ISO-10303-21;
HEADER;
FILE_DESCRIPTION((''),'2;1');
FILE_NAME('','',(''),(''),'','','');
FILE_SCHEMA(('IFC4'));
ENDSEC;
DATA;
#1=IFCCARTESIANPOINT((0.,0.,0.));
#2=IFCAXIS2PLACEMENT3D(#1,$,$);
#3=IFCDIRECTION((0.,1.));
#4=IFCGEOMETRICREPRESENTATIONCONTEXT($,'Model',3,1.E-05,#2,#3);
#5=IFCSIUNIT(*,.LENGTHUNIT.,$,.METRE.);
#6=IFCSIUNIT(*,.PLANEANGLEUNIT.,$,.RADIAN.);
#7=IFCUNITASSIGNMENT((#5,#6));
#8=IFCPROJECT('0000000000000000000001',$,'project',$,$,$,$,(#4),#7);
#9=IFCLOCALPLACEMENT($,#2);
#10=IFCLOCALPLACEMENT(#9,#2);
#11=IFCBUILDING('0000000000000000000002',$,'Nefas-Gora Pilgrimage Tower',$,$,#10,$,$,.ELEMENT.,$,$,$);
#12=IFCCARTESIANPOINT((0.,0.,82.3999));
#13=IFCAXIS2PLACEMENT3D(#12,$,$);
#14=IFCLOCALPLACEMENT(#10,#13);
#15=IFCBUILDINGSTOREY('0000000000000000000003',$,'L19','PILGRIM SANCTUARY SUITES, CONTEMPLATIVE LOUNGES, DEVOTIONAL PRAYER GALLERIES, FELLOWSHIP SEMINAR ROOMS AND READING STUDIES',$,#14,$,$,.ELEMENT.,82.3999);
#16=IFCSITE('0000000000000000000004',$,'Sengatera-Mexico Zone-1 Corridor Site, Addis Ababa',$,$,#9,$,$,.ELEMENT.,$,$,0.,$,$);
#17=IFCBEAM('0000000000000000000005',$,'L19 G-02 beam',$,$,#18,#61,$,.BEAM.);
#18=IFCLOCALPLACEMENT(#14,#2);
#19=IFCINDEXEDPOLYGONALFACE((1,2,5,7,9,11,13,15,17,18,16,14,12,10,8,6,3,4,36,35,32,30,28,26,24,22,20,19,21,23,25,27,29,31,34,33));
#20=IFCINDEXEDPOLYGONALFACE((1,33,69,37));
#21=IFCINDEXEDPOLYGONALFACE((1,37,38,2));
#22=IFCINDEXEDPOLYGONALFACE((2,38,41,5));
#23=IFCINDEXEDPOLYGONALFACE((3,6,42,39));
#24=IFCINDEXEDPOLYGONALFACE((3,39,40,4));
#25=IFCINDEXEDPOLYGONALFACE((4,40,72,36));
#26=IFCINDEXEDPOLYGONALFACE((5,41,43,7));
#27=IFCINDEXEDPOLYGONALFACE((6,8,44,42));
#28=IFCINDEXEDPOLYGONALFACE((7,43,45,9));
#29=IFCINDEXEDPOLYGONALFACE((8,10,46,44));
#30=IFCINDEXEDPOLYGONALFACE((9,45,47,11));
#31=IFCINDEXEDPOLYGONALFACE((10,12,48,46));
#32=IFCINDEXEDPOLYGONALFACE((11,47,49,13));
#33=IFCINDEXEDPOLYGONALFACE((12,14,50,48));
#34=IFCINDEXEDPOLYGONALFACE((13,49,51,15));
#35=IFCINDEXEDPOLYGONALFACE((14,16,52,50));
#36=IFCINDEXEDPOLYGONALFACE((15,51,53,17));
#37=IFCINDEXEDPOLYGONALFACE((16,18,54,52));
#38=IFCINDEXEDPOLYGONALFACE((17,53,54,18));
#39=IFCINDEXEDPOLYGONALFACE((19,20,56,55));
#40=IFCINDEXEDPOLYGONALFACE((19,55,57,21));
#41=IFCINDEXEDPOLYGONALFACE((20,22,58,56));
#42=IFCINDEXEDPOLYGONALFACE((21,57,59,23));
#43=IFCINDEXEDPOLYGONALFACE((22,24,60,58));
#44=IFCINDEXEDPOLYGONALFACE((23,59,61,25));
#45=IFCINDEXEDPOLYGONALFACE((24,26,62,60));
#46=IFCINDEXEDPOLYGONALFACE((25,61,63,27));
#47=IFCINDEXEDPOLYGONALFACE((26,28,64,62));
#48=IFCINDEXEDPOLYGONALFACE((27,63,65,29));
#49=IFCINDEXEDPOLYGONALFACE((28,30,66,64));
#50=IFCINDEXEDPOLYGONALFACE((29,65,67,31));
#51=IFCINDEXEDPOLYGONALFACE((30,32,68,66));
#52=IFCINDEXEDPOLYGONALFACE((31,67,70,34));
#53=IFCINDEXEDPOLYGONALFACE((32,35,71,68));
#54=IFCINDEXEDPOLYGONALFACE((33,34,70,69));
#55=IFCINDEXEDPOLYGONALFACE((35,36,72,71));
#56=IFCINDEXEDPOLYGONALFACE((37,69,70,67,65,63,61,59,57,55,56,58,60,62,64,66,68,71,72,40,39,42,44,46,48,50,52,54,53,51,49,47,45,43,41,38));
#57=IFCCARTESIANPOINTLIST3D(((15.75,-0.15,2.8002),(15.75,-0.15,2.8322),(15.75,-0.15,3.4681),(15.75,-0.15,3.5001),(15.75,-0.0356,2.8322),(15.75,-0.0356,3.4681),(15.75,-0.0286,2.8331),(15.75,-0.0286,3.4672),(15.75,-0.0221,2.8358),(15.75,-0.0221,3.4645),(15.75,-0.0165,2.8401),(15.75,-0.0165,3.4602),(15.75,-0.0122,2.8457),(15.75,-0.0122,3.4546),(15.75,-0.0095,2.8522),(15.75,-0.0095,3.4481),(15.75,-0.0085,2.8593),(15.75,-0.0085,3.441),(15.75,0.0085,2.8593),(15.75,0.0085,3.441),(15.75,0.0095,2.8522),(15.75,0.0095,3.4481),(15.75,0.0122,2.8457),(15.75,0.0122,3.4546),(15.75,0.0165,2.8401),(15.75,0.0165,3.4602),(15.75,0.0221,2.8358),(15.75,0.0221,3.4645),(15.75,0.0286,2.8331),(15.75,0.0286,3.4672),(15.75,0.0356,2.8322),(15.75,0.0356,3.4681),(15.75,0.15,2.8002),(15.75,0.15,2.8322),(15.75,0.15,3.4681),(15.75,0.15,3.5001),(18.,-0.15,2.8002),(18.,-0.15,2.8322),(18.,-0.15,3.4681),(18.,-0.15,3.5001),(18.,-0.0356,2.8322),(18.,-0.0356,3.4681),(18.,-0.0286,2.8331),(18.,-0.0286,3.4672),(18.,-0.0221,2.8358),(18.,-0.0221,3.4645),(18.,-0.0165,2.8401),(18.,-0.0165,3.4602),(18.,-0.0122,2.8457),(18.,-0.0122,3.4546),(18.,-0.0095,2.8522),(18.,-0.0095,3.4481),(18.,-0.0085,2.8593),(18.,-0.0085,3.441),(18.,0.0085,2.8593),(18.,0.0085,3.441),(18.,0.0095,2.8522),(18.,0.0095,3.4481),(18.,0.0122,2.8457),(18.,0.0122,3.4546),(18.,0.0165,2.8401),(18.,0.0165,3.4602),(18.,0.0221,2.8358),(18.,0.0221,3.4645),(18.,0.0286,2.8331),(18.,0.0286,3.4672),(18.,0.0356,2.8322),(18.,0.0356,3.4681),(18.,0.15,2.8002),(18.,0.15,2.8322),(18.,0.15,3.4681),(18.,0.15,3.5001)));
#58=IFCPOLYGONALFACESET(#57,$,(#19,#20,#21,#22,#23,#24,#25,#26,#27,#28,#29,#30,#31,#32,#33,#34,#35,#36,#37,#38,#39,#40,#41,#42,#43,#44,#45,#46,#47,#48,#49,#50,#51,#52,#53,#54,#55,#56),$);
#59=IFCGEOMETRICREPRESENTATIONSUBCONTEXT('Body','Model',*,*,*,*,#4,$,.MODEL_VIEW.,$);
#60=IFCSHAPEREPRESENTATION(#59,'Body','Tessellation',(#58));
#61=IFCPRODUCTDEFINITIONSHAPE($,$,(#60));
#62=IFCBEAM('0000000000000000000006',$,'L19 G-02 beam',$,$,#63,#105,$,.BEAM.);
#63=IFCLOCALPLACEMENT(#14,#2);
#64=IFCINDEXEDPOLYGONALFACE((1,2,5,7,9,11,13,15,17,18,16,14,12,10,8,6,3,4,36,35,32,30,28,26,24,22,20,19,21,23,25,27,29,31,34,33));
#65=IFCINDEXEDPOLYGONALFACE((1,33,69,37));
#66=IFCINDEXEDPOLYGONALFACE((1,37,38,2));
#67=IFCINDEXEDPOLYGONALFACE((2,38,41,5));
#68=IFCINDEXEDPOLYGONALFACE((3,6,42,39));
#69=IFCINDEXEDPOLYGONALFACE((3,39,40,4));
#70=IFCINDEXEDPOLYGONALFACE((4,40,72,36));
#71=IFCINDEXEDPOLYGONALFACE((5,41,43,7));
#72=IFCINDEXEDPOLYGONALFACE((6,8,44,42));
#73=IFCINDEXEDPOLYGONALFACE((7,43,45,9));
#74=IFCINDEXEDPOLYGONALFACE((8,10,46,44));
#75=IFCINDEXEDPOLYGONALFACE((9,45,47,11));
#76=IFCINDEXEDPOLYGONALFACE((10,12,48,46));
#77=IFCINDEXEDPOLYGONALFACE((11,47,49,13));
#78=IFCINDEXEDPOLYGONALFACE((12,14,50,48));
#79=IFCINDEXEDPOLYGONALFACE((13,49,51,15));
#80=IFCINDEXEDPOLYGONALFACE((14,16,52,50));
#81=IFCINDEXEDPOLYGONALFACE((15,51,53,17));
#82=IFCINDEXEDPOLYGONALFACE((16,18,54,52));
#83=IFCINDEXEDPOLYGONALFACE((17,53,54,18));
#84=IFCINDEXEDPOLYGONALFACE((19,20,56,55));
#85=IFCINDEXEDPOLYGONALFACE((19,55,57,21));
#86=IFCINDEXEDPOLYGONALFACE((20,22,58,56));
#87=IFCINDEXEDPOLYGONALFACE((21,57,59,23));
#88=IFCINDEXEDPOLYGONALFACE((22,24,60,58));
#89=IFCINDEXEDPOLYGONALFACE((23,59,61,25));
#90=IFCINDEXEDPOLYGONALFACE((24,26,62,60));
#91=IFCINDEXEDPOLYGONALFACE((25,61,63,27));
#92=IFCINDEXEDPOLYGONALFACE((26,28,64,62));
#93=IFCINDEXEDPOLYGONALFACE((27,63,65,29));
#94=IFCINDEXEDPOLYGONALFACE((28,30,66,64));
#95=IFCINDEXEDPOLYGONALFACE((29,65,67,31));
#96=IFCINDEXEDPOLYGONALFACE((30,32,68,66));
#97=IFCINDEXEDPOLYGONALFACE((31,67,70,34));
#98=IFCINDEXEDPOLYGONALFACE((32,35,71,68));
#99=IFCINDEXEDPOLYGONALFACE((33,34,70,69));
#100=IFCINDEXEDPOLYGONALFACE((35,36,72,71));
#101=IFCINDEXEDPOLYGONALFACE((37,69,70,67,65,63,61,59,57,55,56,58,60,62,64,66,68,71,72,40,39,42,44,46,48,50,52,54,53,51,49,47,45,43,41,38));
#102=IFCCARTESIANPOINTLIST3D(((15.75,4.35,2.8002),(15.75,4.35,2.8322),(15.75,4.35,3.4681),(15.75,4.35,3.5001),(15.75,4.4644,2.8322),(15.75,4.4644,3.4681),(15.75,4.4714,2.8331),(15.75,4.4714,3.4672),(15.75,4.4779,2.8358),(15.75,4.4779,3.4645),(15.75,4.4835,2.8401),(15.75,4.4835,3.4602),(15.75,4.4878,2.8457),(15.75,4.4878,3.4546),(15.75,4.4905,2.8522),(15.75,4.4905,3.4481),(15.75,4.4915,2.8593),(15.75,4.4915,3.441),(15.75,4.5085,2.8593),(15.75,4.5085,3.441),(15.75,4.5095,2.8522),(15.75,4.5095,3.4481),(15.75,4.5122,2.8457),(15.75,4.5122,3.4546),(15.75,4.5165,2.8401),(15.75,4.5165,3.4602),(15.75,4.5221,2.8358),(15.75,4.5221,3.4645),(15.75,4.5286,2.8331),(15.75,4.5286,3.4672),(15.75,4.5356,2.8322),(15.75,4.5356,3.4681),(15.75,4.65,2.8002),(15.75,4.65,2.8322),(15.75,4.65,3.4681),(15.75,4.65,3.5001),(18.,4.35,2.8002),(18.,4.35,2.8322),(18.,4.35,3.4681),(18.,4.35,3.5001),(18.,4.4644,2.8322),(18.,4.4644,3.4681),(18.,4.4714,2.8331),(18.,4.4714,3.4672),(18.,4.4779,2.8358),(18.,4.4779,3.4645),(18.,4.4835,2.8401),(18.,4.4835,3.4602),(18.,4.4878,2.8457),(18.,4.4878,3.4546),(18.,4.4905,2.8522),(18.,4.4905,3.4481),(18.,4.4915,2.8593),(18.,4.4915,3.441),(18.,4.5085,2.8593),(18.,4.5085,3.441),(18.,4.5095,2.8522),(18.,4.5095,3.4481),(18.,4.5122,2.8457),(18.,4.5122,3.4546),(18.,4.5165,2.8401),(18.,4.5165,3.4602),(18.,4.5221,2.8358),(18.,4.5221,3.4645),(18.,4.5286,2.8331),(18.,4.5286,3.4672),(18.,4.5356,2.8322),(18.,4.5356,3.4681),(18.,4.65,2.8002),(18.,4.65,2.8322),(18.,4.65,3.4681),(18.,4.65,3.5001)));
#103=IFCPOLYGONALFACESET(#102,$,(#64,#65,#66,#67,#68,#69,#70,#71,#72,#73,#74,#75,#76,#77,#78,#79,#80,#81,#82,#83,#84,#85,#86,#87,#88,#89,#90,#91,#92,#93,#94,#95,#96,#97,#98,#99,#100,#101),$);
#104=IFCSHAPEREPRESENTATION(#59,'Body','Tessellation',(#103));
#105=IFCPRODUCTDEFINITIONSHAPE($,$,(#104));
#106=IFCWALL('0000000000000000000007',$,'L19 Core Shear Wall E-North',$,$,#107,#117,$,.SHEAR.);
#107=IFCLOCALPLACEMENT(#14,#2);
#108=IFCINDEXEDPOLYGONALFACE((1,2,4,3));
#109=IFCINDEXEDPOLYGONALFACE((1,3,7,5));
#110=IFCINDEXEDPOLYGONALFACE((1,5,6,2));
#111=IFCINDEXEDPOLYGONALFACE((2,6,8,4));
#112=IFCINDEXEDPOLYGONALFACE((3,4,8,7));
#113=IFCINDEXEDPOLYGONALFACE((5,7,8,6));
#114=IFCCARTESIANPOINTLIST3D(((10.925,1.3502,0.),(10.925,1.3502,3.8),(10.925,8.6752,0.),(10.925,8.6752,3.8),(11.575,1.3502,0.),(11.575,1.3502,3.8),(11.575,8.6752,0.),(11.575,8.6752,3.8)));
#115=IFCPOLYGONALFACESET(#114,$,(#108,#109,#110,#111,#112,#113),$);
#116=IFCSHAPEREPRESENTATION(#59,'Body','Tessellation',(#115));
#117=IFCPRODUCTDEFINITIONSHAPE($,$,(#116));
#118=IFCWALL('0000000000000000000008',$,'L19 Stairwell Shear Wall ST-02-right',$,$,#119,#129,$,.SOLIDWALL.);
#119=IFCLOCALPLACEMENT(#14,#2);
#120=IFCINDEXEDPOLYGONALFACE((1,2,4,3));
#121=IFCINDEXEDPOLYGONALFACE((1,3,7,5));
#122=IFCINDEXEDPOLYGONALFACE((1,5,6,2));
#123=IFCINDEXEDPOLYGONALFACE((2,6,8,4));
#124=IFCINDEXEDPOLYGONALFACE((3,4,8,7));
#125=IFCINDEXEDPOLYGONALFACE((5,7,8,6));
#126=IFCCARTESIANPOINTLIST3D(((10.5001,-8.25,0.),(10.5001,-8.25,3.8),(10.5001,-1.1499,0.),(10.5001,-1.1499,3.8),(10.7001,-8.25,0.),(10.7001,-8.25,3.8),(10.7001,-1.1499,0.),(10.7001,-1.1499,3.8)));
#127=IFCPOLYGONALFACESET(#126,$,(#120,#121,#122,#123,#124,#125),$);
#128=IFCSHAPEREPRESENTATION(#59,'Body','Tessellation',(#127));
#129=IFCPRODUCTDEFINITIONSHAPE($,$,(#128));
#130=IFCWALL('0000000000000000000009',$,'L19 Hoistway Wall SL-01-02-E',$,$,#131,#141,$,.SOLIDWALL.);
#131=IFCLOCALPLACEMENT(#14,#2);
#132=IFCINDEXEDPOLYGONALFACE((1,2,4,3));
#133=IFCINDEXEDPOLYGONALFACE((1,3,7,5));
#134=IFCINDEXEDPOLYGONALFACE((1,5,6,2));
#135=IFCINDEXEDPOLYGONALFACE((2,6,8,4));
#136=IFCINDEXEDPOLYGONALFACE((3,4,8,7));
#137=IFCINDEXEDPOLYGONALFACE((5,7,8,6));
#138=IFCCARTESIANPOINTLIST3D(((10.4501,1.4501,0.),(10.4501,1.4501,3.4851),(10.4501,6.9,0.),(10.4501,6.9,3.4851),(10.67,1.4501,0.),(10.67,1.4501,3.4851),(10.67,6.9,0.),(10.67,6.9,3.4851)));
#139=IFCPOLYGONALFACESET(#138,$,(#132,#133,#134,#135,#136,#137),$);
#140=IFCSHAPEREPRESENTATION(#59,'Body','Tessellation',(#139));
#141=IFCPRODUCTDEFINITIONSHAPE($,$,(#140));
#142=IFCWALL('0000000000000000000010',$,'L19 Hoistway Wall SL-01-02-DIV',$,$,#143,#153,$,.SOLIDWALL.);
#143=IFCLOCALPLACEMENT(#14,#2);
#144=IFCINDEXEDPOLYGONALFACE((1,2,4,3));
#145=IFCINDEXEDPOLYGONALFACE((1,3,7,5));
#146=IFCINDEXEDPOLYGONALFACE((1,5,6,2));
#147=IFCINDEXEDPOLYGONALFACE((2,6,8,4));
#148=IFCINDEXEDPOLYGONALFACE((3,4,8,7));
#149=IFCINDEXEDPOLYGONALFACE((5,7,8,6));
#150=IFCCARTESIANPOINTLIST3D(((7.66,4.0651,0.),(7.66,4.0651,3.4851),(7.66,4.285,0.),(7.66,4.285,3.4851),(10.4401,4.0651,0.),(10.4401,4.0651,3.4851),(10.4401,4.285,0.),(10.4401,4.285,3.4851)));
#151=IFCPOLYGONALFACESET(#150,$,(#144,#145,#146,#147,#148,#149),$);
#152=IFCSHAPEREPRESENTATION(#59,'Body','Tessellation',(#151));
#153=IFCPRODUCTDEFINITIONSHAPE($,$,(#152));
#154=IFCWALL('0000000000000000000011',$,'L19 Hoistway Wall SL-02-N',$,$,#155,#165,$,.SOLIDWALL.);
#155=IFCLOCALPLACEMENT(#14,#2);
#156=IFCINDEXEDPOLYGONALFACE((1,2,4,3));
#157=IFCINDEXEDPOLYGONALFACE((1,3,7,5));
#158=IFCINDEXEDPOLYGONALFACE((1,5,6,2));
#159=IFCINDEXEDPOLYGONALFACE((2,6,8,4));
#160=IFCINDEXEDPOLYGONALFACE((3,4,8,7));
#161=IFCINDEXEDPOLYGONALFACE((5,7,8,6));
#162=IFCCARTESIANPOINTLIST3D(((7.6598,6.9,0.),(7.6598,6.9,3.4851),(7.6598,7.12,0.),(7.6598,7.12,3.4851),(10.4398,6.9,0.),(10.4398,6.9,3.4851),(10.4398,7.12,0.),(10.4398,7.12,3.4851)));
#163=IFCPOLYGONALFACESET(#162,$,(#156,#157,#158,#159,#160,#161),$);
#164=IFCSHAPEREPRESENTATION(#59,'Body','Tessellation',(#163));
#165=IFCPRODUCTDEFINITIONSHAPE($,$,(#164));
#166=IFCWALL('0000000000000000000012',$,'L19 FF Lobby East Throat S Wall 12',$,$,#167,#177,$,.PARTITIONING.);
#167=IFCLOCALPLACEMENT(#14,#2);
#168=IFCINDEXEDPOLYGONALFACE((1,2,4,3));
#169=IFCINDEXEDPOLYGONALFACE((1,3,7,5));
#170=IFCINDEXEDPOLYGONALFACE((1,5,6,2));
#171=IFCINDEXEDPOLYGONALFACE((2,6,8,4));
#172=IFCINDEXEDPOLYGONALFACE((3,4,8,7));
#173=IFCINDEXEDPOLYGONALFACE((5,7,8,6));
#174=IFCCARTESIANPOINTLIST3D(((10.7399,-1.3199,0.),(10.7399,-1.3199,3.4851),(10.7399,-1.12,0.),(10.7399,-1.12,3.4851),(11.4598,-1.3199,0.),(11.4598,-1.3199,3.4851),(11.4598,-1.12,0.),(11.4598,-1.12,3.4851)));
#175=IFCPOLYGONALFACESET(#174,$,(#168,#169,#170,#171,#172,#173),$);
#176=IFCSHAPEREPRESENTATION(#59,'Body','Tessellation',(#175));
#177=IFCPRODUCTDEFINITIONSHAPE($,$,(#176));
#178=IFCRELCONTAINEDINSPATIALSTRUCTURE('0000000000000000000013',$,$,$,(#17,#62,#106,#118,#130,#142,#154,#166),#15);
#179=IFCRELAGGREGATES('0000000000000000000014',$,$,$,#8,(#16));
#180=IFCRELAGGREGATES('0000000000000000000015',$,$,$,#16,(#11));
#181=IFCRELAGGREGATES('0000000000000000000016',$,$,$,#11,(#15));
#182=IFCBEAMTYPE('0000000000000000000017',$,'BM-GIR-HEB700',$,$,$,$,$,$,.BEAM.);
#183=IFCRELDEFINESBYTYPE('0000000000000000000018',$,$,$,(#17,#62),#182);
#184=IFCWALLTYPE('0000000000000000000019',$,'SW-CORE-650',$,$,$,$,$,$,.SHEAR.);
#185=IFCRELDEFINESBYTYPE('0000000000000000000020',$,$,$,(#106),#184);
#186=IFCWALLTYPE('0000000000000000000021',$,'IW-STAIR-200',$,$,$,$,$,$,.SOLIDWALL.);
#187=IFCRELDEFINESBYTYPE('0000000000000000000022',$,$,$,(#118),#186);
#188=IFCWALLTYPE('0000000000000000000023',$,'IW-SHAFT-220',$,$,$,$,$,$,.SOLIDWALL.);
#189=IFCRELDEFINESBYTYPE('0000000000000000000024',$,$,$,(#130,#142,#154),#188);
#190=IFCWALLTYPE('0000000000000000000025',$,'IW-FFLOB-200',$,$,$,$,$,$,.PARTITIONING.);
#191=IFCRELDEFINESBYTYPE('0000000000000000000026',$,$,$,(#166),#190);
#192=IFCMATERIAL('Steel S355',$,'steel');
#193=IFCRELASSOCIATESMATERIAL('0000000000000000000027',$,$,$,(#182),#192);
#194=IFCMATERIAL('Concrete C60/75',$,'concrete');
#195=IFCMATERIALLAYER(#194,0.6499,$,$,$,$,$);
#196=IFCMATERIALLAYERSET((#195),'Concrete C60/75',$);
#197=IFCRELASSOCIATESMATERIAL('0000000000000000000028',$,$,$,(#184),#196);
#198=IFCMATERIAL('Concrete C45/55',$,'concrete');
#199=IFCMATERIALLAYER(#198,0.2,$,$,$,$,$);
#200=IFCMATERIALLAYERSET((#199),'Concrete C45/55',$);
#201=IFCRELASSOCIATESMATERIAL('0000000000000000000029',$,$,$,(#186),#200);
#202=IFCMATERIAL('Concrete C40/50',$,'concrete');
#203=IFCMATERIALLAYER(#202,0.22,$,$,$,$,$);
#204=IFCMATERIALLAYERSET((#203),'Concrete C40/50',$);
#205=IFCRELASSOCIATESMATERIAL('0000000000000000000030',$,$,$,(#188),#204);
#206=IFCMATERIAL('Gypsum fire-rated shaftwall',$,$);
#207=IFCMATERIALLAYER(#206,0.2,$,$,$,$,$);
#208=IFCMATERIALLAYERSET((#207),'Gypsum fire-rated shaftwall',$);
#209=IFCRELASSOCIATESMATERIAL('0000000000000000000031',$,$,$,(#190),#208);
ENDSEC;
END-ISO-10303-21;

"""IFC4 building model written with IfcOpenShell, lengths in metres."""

from ifc_helpers import new_model, si_unit, direction, frame, frame_2d, origin, origin_2d, place, context, subcontext, project, spatial, rectangle, i_section, extrude, source, transform, mapped, material, layer, layer_set, material_profile, profile_set, type_object, element, save


model = new_model("IFC4")

# Units and contexts
model_context = context("Model", 3, precision=1e-05, world=origin(), true_north=direction((0.0, 1.0)))
body_context = subcontext(model_context, "Body", "Model", "MODEL_VIEW")
ifc_project = project(units=[si_unit("LENGTHUNIT", "METRE"), si_unit("PLANEANGLEUNIT", "RADIAN")], contexts=[model_context])

# Site, building, storey
site_placement = place(None, origin())
site = spatial("IfcSite", under=ifc_project, at=site_placement, Name="Sengatera-Mexico Zone-1 Corridor Site, Addis Ababa", CompositionType="ELEMENT", RefElevation=0.0)
building_placement = place(site_placement, origin())
building = spatial("IfcBuilding", under=site, at=building_placement, Name="Nefas-Gora Pilgrimage Tower", CompositionType="ELEMENT")
storey_placement = place(building_placement, frame((0.0, 0.0, 82.3999)))
storey = spatial("IfcBuildingStorey", under=building, at=storey_placement, Name="L19", Description="PILGRIM SANCTUARY SUITES, CONTEMPLATIVE LOUNGES, DEVOTIONAL PRAYER GALLERIES, FELLOWSHIP SEMINAR ROOMS AND READING STUDIES", CompositionType="ELEMENT", Elevation=82.3999)

# Beams
ifc_material_1 = material(Name="Steel S355", Category="steel")
ifc_material_profile_1 = material_profile(ifc_material_1, i_section(OverallWidth=0.3, OverallDepth=0.7, WebThickness=0.0171, FlangeThickness=0.032, FilletRadius=0.0271, at=origin_2d()), Name="HEB 700")
ifc_profile_set_1 = profile_set([ifc_material_profile_1], Name="Steel S355")
beam_type = type_object("IfcBeamType", Name="BM-GIR-HEB700", PredefinedType="BEAM", material=ifc_profile_set_1)
shared_shape_1 = source(origin(), body_context, "Body", "SweptSolid", [
    extrude(i_section(OverallWidth=0.3, OverallDepth=0.7, WebThickness=0.0171, FlangeThickness=0.032, FilletRadius=0.0271, at=origin_2d()), origin(), (0.0, 0.0, 1.0), 2.25),
])
for number, where, z_axis, x_axis, name in (
    (1, (15.75, 0.0, 3.1501), (1.0, 0.0, 0.0), (0.0, 1.0, 0.0), "L19 G-02 beam"),
    (2, (15.75, 4.5, 3.1501), (1.0, 0.0, 0.0), (0.0, 1.0, 0.0), "L19 G-02 beam"),
):
    element("IfcBeam", number, at=place(storey_placement, frame(where, z_axis=z_axis, x_axis=x_axis)), inside=storey, type_object=beam_type, Name=name, PredefinedType="BEAM", context=body_context, shape_type="MappedRepresentation", body=[
        mapped(shared_shape_1, transform((0.0, 0.0, 0.0), x_axis=(1.0, 0.0, 0.0), y_axis=(0.0, 1.0, 0.0), z_axis=(0.0, 0.0, 1.0), scale=1.0)),
    ])

# Walls
ifc_material_2 = material(Name="Concrete C60/75", Category="concrete")
ifc_layer_1 = layer(ifc_material_2, 0.6499)
ifc_layer_set_1 = layer_set([ifc_layer_1], Name="Concrete C60/75")
wall_type_1 = type_object("IfcWallType", Name="SW-CORE-650", PredefinedType="SHEAR", material=ifc_layer_set_1)
shared_shape_2 = source(origin(), body_context, "Body", "SweptSolid", [
    extrude(rectangle(XDim=7.325, YDim=0.6499, at=frame_2d((3.6626, 0.0))), origin(), (0.0, 0.0, 1.0), 3.8),
])
wall_1_placement = place(storey_placement, frame((11.25, 1.3501, 0.0), z_axis=(0.0, 0.0, 1.0), x_axis=(0.0, 1.0, 0.0)))
element("IfcWall", 3, at=wall_1_placement, inside=storey, type_object=wall_type_1, Name="L19 Core Shear Wall E-North", PredefinedType="SHEAR", context=body_context, shape_type="MappedRepresentation", body=[
    mapped(shared_shape_2, transform((0.0, 0.0, 0.0), x_axis=(1.0, 0.0, 0.0), y_axis=(0.0, 1.0, 0.0), z_axis=(0.0, 0.0, 1.0), scale=1.0)),
])
ifc_material_3 = material(Name="Concrete C45/55", Category="concrete")
ifc_layer_2 = layer(ifc_material_3, 0.2)
ifc_layer_set_2 = layer_set([ifc_layer_2], Name="Concrete C45/55")
wall_type_2 = type_object("IfcWallType", Name="IW-STAIR-200", PredefinedType="SOLIDWALL", material=ifc_layer_set_2)
shared_shape_3 = source(origin(), body_context, "Body", "SweptSolid", [
    extrude(rectangle(XDim=7.1001, YDim=0.2, at=frame_2d((3.55, 0.0))), origin(), (0.0, 0.0, 1.0), 3.8),
])
wall_2_placement = place(storey_placement, frame((10.6001, -1.1499, 0.0), z_axis=(0.0, 0.0, 1.0), x_axis=(0.0, -1.0, 0.0)))
element("IfcWall", 4, at=wall_2_placement, inside=storey, type_object=wall_type_2, Name="L19 Stairwell Shear Wall ST-02-right", PredefinedType="SOLIDWALL", context=body_context, shape_type="MappedRepresentation", body=[
    mapped(shared_shape_3, transform((0.0, 0.0, 0.0), x_axis=(1.0, 0.0, 0.0), y_axis=(0.0, 1.0, 0.0), z_axis=(0.0, 0.0, 1.0), scale=1.0)),
])
ifc_material_4 = material(Name="Concrete C40/50", Category="concrete")
ifc_layer_3 = layer(ifc_material_4, 0.22)
ifc_layer_set_3 = layer_set([ifc_layer_3], Name="Concrete C40/50")
wall_type_3 = type_object("IfcWallType", Name="IW-SHAFT-220", PredefinedType="SOLIDWALL", material=ifc_layer_set_3)
shared_shape_4 = source(origin(), body_context, "Body", "SweptSolid", [
    extrude(rectangle(XDim=5.45, YDim=0.22, at=frame_2d((2.7251, 0.0))), origin(), (0.0, 0.0, 1.0), 3.4851),
])
wall_3_placement = place(storey_placement, frame((10.5601, 1.45, 0.0), z_axis=(0.0, 0.0, 1.0), x_axis=(0.0, 1.0, 0.0)))
element("IfcWall", 5, at=wall_3_placement, inside=storey, type_object=wall_type_3, Name="L19 Hoistway Wall SL-01-02-E", PredefinedType="SOLIDWALL", context=body_context, shape_type="MappedRepresentation", body=[
    mapped(shared_shape_4, transform((0.0, 0.0, 0.0), x_axis=(1.0, 0.0, 0.0), y_axis=(0.0, 1.0, 0.0), z_axis=(0.0, 0.0, 1.0), scale=1.0)),
])
shared_shape_5 = source(origin(), body_context, "Body", "SweptSolid", [
    extrude(rectangle(XDim=2.78, YDim=0.22, at=frame_2d((1.3901, 0.0))), origin(), (0.0, 0.0, 1.0), 3.4851),
])
for number, where, z_axis, x_axis, name in (
    (6, (7.6599, 4.175, 0.0), (0.0, 0.0, 1.0), (1.0, 0.0, 0.0), "L19 Hoistway Wall SL-01-02-DIV"),
    (7, (10.4399, 7.01, 0.0), (0.0, 0.0, 1.0), (-1.0, 0.0, 0.0), "L19 Hoistway Wall SL-02-N"),
):
    element("IfcWall", number, at=place(storey_placement, frame(where, z_axis=z_axis, x_axis=x_axis)), inside=storey, type_object=wall_type_3, Name=name, PredefinedType="SOLIDWALL", context=body_context, shape_type="MappedRepresentation", body=[
        mapped(shared_shape_5, transform((0.0, 0.0, 0.0), x_axis=(1.0, 0.0, 0.0), y_axis=(0.0, 1.0, 0.0), z_axis=(0.0, 0.0, 1.0), scale=1.0)),
    ])
ifc_material_5 = material(Name="Gypsum fire-rated shaftwall")
ifc_layer_4 = layer(ifc_material_5, 0.2)
ifc_layer_set_4 = layer_set([ifc_layer_4], Name="Gypsum fire-rated shaftwall")
wall_type_4 = type_object("IfcWallType", Name="IW-FFLOB-200", PredefinedType="PARTITIONING", material=ifc_layer_set_4)
shared_shape_6 = source(origin(), body_context, "Body", "SweptSolid", [
    extrude(rectangle(XDim=0.72, YDim=0.2, at=frame_2d((0.3599, 0.0))), origin(), (0.0, 0.0, 1.0), 3.4851),
])
wall_4_placement = place(storey_placement, frame((10.74, -1.22, 0.0), z_axis=(0.0, 0.0, 1.0), x_axis=(1.0, 0.0, 0.0)))
element("IfcWall", 8, at=wall_4_placement, inside=storey, type_object=wall_type_4, Name="L19 FF Lobby East Throat S Wall 12", PredefinedType="PARTITIONING", context=body_context, shape_type="MappedRepresentation", body=[
    mapped(shared_shape_6, transform((0.0, 0.0, 0.0), x_axis=(1.0, 0.0, 0.0), y_axis=(0.0, 1.0, 0.0), z_axis=(0.0, 0.0, 1.0), scale=1.0)),
])

save(model, "model.ifc")
